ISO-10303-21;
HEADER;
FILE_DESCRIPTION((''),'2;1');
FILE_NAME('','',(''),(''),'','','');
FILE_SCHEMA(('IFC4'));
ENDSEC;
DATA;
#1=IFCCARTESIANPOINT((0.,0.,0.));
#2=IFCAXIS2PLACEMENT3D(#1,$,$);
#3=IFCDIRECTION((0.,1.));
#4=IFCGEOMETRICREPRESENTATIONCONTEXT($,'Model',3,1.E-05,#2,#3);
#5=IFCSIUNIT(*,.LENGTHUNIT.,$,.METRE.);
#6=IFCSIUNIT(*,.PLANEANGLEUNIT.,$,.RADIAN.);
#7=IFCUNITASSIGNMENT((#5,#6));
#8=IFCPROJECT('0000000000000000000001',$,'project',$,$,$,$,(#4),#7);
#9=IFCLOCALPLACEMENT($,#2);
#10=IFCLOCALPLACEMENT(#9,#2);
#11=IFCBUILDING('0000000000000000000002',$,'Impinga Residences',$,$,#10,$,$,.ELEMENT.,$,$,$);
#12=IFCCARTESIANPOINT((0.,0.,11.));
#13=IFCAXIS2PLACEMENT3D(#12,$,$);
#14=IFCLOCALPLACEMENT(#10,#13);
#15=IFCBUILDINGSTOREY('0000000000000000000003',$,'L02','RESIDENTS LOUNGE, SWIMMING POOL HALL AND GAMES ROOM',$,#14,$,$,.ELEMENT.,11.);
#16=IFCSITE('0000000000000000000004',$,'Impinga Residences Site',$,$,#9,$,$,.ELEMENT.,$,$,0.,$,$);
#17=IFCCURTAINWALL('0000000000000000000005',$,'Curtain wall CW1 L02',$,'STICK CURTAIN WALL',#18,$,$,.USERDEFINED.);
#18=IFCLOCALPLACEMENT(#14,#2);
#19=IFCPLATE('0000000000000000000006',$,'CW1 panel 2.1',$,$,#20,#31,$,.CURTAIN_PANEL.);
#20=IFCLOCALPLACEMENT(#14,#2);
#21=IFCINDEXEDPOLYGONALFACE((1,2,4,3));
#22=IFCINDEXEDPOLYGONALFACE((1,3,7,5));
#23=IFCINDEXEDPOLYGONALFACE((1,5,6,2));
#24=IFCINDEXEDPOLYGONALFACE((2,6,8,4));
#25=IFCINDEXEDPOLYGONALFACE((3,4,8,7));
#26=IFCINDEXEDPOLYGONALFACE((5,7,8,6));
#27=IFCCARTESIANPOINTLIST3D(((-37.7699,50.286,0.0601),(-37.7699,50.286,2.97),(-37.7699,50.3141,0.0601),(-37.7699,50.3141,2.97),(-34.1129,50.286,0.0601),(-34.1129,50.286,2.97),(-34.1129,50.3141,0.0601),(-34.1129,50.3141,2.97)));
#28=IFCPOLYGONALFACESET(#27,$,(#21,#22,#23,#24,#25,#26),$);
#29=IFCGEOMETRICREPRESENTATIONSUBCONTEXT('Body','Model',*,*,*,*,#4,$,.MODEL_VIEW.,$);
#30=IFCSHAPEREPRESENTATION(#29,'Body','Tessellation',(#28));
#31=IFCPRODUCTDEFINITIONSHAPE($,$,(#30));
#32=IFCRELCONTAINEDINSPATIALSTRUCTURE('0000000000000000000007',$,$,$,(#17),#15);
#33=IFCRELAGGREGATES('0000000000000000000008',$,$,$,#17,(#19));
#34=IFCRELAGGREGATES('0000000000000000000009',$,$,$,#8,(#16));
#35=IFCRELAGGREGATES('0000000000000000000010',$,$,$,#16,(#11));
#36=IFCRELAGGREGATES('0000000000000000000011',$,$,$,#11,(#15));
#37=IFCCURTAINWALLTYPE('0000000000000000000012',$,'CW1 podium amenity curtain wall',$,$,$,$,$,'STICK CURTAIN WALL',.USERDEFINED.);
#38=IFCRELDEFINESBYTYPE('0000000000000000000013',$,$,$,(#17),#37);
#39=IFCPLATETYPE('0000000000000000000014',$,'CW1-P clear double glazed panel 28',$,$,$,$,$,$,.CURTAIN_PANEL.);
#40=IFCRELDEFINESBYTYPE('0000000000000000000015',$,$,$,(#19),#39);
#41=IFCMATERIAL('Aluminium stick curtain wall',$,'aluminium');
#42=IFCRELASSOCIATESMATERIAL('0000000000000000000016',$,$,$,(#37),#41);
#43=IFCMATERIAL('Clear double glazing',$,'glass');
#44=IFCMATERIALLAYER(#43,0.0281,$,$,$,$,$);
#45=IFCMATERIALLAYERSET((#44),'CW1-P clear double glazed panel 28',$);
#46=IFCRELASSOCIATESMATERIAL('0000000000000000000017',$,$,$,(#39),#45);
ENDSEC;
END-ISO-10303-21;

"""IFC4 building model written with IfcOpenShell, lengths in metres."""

from ifc_helpers import new_model, si_unit, direction, frame, origin, origin_2d, place, context, subcontext, project, spatial, rectangle, extrude, material, layer, layer_set, type_object, element, aggregate, save


model = new_model("IFC4")

# Units and contexts
model_context = context("Model", 3, precision=1e-05, world=origin(), true_north=direction((0.0, 1.0)))
body_context = subcontext(model_context, "Body", "Model", "MODEL_VIEW")
ifc_project = project(units=[si_unit("LENGTHUNIT", "METRE"), si_unit("PLANEANGLEUNIT", "RADIAN")], contexts=[model_context])

# Site, building, storey
site_placement = place(None, origin())
site = spatial("IfcSite", under=ifc_project, at=site_placement, Name="Impinga Residences Site", CompositionType="ELEMENT", RefElevation=0.0)
building_placement = place(site_placement, origin())
building = spatial("IfcBuilding", under=site, at=building_placement, Name="Impinga Residences", CompositionType="ELEMENT")
storey_placement = place(building_placement, frame((0.0, 0.0, 11.0)))
storey = spatial("IfcBuildingStorey", under=building, at=storey_placement, Name="L02", Description="RESIDENTS LOUNGE, SWIMMING POOL HALL AND GAMES ROOM", CompositionType="ELEMENT", Elevation=11.0)

# Shared definitions
ifc_material_1 = material(Name="Aluminium stick curtain wall", Category="aluminium")
curtain_wall_type = type_object("IfcCurtainWallType", Name="CW1 podium amenity curtain wall", ElementType="STICK CURTAIN WALL", PredefinedType="USERDEFINED", material=ifc_material_1)

# Curtain wall
curtain_wall_1_placement = place(storey_placement, origin())
curtain_wall_1 = element("IfcCurtainWall", 1, at=curtain_wall_1_placement, inside=storey, type_object=curtain_wall_type, Name="Curtain wall CW1 L02", ObjectType="STICK CURTAIN WALL", PredefinedType="USERDEFINED")

# Plate
ifc_material_2 = material(Name="Clear double glazing", Category="glass")
ifc_layer = layer(ifc_material_2, 0.0281)
ifc_layer_set = layer_set([ifc_layer], Name="CW1-P clear double glazed panel 28")
plate_type = type_object("IfcPlateType", Name="CW1-P clear double glazed panel 28", PredefinedType="CURTAIN_PANEL", material=ifc_layer_set)
plate_1_placement = place(storey_placement, frame((-35.9414, 50.3, 0.0601), z_axis=(0.0, 0.0, 1.0), x_axis=(1.0, 0.0, 0.0)))
plate_1 = element("IfcPlate", 2, at=plate_1_placement, type_object=plate_type, Name="CW1 panel 2.1", PredefinedType="CURTAIN_PANEL", context=body_context, shape_type="SweptSolid", body=[
    extrude(rectangle(XDim=3.657, YDim=0.0281, at=origin_2d()), origin(), (0.0, 0.0, 1.0), 2.9099),
])
aggregate(curtain_wall_1, [plate_1])

save(model, "model.ifc")
